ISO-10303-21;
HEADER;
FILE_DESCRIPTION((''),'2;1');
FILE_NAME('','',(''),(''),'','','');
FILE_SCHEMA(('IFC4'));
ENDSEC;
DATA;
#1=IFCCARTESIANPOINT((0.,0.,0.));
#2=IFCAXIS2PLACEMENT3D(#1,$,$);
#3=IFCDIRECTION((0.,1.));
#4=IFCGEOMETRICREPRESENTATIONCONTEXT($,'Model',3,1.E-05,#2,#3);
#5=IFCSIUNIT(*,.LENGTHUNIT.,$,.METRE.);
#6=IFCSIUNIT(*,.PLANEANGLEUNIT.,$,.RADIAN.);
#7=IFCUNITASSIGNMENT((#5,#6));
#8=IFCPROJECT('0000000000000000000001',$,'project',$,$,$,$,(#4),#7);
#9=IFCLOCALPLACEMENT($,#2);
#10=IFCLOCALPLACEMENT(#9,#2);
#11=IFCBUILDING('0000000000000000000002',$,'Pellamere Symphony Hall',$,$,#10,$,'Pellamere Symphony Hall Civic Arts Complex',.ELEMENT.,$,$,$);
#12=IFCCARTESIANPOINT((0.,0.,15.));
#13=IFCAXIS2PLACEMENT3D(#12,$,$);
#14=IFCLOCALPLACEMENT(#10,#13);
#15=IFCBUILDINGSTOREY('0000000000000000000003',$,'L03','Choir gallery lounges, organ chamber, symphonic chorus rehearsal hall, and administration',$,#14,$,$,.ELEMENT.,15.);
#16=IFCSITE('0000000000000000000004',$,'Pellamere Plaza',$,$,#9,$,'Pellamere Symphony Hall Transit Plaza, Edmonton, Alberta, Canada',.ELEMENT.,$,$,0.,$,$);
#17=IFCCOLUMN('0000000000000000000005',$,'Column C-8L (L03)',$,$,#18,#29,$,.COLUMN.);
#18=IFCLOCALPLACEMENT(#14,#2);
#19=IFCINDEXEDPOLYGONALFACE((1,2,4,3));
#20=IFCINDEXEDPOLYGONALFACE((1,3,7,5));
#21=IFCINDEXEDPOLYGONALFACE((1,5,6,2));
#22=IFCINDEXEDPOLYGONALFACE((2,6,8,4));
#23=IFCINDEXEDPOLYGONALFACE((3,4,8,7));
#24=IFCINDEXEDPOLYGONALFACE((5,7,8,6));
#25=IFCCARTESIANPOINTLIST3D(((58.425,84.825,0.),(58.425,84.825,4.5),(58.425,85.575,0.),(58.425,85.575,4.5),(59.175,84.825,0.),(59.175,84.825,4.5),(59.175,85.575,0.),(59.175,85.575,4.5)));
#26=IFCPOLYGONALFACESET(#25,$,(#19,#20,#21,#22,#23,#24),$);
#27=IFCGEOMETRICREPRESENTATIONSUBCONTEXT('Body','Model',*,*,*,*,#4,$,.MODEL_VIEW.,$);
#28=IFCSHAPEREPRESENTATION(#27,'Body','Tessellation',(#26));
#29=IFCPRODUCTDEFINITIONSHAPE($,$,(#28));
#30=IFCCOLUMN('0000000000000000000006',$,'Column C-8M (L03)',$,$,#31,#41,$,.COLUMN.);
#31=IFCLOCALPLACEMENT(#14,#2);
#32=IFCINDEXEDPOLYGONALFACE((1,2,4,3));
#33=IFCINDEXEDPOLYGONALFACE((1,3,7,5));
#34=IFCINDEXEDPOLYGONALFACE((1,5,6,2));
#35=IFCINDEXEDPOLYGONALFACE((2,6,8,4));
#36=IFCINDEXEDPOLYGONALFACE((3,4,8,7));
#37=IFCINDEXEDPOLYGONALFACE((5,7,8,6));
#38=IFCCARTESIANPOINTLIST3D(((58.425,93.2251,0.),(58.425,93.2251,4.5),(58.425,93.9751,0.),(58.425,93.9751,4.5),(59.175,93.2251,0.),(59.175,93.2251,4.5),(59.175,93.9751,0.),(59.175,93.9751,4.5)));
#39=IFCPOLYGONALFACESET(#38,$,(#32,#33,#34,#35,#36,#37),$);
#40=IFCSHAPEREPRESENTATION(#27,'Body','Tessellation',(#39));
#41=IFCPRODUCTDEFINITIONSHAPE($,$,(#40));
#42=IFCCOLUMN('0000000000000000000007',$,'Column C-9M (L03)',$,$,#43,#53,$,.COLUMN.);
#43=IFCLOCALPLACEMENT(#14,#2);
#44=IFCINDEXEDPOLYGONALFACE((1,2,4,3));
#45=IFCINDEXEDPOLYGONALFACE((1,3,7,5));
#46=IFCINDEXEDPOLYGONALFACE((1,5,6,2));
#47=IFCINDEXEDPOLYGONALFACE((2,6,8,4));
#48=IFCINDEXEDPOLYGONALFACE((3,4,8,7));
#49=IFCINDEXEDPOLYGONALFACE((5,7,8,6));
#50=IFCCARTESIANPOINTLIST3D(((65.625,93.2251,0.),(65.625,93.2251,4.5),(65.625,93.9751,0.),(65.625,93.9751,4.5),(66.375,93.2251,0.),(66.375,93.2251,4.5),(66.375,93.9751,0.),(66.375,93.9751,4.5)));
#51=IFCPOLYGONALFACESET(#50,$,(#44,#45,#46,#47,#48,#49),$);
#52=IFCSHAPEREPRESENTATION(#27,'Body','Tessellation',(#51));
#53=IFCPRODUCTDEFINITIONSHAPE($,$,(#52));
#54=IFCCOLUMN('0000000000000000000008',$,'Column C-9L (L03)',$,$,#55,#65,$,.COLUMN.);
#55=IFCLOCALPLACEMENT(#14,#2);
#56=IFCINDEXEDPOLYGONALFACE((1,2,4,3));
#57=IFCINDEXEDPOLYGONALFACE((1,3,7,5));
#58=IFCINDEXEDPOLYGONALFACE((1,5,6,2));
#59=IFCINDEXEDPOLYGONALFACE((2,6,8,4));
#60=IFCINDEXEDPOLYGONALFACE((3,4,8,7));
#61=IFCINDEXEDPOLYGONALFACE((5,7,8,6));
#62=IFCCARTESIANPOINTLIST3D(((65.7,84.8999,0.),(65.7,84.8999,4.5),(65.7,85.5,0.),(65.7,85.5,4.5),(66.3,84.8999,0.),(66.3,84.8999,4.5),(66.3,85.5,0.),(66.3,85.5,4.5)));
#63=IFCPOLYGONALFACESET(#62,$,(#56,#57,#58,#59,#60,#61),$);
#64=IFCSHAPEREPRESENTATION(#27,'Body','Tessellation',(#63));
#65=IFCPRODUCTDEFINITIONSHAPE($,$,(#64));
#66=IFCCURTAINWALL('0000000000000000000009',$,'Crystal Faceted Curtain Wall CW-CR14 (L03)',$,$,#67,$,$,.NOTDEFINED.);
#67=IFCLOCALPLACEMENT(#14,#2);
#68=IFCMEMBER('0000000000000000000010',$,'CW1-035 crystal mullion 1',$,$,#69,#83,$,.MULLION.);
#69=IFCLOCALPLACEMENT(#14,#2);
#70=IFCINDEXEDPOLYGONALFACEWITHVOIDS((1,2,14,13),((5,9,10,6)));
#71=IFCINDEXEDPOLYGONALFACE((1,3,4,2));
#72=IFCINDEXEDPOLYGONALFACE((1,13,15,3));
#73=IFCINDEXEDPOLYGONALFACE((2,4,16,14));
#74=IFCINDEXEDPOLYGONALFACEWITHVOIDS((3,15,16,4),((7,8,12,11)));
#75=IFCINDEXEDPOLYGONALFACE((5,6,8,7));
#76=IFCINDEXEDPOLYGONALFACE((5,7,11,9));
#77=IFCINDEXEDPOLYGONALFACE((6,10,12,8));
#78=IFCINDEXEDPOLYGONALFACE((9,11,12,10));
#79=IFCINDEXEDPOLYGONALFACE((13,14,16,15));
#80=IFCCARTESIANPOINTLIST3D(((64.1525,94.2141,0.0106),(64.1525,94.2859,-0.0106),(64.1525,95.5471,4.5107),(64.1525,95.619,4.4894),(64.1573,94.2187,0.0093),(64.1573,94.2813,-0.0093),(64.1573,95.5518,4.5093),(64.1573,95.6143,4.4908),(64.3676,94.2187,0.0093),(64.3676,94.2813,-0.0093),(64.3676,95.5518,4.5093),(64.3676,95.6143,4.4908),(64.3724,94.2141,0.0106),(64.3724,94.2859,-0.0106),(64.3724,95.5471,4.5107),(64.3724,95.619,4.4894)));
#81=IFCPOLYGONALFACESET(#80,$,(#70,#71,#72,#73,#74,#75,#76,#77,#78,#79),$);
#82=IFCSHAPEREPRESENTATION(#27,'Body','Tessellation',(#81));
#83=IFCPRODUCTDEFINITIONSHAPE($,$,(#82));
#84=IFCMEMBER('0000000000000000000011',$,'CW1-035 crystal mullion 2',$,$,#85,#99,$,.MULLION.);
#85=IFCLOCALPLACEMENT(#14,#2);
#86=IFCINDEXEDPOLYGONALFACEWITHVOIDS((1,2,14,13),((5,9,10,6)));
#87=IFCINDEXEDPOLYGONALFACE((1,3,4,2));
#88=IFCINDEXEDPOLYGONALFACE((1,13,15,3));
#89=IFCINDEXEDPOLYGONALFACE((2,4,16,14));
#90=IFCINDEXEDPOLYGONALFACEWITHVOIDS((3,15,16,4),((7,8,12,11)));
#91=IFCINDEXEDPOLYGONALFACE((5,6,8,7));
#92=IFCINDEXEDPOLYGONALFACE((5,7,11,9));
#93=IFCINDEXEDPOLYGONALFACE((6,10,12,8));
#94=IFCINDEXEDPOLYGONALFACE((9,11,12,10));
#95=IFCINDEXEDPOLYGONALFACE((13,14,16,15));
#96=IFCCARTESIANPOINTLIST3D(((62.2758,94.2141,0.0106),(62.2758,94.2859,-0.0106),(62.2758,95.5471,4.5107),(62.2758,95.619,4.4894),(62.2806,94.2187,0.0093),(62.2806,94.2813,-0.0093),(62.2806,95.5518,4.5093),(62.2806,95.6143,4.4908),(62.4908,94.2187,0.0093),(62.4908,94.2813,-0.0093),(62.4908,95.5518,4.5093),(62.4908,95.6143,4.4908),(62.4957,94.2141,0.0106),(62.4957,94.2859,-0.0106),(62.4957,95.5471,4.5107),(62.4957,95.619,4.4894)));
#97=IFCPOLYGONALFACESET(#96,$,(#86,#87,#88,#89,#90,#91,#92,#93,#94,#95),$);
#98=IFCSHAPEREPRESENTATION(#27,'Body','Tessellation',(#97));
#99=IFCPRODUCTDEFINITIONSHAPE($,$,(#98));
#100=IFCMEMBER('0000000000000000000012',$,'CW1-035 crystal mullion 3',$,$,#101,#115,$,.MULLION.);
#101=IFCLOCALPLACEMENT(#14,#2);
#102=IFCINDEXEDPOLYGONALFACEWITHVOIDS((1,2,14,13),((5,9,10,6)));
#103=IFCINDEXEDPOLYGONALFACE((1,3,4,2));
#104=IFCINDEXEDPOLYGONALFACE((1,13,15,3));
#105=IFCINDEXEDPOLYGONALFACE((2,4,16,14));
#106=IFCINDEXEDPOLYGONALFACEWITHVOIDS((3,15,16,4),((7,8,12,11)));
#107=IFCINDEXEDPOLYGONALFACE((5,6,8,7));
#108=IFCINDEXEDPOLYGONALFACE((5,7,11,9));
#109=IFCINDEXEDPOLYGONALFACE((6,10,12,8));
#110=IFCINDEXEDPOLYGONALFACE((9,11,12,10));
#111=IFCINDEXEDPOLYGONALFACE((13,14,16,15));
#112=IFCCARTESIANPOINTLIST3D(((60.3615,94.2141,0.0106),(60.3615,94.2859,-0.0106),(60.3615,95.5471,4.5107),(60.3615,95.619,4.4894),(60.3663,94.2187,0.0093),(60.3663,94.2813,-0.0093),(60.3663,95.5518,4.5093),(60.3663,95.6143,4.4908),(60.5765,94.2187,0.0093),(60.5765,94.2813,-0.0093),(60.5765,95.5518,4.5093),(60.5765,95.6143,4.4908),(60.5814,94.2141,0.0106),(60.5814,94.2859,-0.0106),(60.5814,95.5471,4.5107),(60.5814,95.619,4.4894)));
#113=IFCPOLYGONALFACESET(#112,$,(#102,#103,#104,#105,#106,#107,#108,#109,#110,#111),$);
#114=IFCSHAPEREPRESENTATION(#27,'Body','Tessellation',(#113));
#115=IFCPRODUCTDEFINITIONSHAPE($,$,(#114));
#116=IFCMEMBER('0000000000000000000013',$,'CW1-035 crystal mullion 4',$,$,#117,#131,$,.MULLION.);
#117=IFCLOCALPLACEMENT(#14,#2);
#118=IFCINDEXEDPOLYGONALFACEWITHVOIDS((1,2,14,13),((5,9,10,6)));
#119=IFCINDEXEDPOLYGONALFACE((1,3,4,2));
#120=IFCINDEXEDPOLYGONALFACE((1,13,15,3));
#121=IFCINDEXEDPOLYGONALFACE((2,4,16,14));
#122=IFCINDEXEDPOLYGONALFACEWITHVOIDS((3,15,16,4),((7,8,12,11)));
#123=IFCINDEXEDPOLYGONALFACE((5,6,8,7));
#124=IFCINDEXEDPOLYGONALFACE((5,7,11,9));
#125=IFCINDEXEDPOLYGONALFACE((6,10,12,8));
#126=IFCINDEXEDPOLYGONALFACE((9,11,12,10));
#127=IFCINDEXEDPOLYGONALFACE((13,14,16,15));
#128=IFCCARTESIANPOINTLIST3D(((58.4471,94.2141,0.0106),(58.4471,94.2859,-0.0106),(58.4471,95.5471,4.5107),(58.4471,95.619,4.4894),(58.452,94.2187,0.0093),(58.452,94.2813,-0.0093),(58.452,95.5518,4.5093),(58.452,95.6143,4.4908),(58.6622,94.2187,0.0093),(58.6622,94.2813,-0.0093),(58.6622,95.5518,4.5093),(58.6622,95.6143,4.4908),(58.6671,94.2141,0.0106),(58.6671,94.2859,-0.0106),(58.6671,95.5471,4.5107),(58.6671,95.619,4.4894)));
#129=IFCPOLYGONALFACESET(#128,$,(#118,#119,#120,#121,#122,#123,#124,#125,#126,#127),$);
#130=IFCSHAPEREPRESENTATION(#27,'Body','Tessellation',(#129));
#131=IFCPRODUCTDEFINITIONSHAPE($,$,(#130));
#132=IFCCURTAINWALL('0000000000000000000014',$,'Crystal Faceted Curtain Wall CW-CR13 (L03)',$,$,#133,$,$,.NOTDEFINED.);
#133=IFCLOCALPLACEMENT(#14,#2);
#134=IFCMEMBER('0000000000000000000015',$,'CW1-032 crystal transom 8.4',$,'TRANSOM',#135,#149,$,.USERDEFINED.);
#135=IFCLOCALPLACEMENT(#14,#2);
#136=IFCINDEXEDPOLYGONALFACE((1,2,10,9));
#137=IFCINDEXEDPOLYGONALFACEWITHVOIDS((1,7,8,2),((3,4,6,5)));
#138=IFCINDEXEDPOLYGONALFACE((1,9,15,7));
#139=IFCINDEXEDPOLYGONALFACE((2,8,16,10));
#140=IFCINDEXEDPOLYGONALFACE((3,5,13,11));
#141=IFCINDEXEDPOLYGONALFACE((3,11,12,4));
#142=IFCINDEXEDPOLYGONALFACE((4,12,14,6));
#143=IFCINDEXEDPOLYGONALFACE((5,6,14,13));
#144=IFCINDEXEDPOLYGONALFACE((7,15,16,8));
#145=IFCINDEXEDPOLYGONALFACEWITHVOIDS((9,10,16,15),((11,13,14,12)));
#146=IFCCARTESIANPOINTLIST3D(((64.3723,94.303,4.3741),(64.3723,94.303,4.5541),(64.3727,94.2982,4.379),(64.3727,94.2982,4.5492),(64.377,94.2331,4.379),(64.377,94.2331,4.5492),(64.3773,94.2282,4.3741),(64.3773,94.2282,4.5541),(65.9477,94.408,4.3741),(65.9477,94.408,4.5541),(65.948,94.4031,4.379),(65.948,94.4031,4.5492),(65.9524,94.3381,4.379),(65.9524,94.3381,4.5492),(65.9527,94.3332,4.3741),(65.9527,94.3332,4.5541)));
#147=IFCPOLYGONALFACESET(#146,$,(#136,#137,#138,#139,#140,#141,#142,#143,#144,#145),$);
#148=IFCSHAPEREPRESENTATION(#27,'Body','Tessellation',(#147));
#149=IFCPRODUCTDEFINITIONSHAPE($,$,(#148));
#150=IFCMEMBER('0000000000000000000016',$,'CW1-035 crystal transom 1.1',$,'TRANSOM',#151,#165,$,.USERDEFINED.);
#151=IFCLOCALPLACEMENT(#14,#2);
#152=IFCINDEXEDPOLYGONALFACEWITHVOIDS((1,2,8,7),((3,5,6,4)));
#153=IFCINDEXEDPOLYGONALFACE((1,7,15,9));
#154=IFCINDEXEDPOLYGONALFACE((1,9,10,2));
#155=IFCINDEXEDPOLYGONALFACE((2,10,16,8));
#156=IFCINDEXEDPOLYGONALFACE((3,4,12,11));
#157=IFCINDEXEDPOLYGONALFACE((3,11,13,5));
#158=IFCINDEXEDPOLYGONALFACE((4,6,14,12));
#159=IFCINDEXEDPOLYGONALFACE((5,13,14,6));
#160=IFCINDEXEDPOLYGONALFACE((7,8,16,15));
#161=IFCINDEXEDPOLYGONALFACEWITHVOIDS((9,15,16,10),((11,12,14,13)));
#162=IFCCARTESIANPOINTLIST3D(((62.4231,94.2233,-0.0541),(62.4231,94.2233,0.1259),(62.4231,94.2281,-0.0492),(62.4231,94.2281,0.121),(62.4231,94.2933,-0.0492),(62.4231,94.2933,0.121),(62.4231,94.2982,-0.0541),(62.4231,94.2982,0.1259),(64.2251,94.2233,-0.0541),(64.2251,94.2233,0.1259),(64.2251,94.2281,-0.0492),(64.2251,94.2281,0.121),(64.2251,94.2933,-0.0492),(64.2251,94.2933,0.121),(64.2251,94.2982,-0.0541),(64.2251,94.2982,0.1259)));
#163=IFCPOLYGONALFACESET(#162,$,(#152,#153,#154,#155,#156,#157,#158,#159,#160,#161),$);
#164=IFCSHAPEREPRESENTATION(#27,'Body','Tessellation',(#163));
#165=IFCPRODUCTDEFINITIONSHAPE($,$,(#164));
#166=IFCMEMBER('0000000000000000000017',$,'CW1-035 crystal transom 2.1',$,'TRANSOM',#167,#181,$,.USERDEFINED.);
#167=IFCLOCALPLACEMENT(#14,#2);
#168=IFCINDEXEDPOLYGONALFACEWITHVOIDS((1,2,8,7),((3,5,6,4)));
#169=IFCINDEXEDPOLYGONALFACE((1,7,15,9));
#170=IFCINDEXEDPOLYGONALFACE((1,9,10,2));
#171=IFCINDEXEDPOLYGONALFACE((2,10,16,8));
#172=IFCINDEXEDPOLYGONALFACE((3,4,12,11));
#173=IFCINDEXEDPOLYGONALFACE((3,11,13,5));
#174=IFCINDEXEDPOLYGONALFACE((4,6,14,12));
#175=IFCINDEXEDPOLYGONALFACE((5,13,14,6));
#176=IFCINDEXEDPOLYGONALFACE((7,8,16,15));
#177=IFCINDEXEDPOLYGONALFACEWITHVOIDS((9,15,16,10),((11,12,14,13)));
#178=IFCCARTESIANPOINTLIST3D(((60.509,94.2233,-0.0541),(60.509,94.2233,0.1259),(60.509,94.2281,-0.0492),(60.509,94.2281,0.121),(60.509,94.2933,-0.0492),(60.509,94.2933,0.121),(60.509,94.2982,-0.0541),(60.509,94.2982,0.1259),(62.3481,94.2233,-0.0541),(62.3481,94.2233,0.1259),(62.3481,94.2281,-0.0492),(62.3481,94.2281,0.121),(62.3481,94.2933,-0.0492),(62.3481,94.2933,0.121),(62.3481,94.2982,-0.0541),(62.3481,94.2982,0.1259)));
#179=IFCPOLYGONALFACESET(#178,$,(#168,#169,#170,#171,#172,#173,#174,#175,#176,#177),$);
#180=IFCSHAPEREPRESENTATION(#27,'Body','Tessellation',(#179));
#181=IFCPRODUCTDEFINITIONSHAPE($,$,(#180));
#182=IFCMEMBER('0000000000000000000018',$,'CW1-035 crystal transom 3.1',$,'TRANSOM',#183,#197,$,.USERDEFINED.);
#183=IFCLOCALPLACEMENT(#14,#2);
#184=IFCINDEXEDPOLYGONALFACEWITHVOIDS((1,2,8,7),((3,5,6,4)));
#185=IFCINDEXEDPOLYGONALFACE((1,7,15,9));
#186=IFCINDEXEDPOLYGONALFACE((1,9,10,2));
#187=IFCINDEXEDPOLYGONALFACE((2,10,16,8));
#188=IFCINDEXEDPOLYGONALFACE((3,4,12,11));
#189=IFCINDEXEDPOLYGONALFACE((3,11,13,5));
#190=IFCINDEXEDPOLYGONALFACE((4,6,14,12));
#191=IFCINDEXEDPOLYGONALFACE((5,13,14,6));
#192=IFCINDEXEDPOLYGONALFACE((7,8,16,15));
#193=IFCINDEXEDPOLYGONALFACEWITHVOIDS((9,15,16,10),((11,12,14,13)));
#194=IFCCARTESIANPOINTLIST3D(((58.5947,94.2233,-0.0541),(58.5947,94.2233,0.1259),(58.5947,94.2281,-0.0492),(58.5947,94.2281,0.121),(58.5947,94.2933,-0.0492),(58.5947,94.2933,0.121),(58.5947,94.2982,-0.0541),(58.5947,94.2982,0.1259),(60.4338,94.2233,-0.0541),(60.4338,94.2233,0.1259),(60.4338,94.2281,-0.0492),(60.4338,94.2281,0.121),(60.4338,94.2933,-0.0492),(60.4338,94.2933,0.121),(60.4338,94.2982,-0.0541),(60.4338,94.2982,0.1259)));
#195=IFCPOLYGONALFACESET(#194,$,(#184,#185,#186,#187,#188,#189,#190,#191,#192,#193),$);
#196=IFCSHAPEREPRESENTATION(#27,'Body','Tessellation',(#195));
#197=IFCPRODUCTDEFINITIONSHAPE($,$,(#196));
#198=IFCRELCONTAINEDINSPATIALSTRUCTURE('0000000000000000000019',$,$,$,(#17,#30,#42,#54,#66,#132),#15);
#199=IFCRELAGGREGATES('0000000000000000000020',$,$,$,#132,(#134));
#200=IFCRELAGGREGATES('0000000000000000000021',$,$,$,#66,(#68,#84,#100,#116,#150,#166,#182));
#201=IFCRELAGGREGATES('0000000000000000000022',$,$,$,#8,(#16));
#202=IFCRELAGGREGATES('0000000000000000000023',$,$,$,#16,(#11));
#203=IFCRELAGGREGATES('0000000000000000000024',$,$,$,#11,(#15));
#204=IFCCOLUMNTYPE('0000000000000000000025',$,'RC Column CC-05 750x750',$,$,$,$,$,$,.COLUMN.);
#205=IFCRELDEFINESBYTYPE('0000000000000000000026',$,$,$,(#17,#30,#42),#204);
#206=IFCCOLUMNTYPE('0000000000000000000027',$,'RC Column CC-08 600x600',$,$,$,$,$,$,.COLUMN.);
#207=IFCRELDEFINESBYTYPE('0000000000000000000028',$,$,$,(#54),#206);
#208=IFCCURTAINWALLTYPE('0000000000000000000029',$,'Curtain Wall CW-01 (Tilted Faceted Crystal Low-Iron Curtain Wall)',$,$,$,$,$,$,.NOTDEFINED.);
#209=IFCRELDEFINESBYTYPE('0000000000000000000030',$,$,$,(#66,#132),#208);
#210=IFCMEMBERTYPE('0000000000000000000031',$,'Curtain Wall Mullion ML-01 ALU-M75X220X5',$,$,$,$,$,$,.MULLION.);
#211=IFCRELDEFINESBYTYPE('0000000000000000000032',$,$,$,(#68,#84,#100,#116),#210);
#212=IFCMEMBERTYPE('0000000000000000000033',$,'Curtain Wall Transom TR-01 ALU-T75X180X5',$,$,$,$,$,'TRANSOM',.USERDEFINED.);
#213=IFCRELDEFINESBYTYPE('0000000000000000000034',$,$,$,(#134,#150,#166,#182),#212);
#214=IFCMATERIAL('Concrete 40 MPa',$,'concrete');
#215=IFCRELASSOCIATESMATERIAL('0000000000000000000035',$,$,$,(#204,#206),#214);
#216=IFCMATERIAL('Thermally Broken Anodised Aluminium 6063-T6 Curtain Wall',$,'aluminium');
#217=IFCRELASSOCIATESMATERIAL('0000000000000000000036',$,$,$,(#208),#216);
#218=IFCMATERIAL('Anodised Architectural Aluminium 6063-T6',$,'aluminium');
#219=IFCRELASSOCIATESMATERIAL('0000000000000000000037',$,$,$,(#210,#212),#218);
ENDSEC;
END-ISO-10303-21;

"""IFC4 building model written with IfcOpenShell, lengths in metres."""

from ifc_helpers import new_model, si_unit, direction, frame, origin, origin_2d, place, context, subcontext, project, spatial, rectangle, hollow_rectangle, extrude, material, material_profile, profile_set, type_object, element, aggregate, save


model = new_model("IFC4")

# Units and contexts
model_context = context("Model", 3, precision=1e-05, world=origin(), true_north=direction((0.0, 1.0)))
body_context = subcontext(model_context, "Body", "Model", "MODEL_VIEW")
ifc_project = project(units=[si_unit("LENGTHUNIT", "METRE"), si_unit("PLANEANGLEUNIT", "RADIAN")], contexts=[model_context])

# Site, building, storey
site_placement = place(None, origin())
site = spatial("IfcSite", under=ifc_project, at=site_placement, Name="Pellamere Plaza", LongName="Pellamere Symphony Hall Transit Plaza, Edmonton, Alberta, Canada", CompositionType="ELEMENT", RefElevation=0.0)
building_placement = place(site_placement, origin())
building = spatial("IfcBuilding", under=site, at=building_placement, Name="Pellamere Symphony Hall", LongName="Pellamere Symphony Hall Civic Arts Complex", CompositionType="ELEMENT")
storey_placement = place(building_placement, frame((0.0, 0.0, 15.0)))
storey = spatial("IfcBuildingStorey", under=building, at=storey_placement, Name="L03", Description="Choir gallery lounges, organ chamber, symphonic chorus rehearsal hall, and administration", CompositionType="ELEMENT", Elevation=15.0)

# Columns
ifc_material_1 = material(Name="Concrete 40 MPa", Category="concrete")
ifc_material_profile_1 = material_profile(ifc_material_1, rectangle(XDim=0.75, YDim=0.75, at=origin_2d()), Name="RC 750x750")
ifc_profile_set_1 = profile_set([ifc_material_profile_1], Name="Concrete 40 MPa")
column_type_1 = type_object("IfcColumnType", Name="RC Column CC-05 750x750", PredefinedType="COLUMN", material=ifc_profile_set_1)
for number, where, z_axis, x_axis, name in (
    (1, (58.8, 85.2, 0.0), (0.0, 0.0, 1.0), (1.0, 0.0, 0.0), "Column C-8L (L03)"),
    (2, (58.8, 93.6001, 0.0), (0.0, 0.0, 1.0), (1.0, 0.0, 0.0), "Column C-8M (L03)"),
    (3, (66.0, 93.6001, 0.0), (0.0, 0.0, 1.0), (1.0, 0.0, 0.0), "Column C-9M (L03)"),
):
    element("IfcColumn", number, at=place(storey_placement, frame(where, z_axis=z_axis, x_axis=x_axis)), inside=storey, type_object=column_type_1, Name=name, PredefinedType="COLUMN", context=body_context, shape_type="SweptSolid", body=[
        extrude(rectangle(XDim=0.75, YDim=0.75, at=origin_2d()), origin(), (0.0, 0.0, 1.0), 4.5),
    ])
ifc_material_profile_2 = material_profile(ifc_material_1, rectangle(XDim=0.6001, YDim=0.6001, at=origin_2d()), Name="RC 600x600")
ifc_profile_set_2 = profile_set([ifc_material_profile_2], Name="Concrete 40 MPa")
column_type_2 = type_object("IfcColumnType", Name="RC Column CC-08 600x600", PredefinedType="COLUMN", material=ifc_profile_set_2)
column_placement = place(storey_placement, frame((66.0, 85.2, 0.0), z_axis=(0.0, 0.0, 1.0), x_axis=(1.0, 0.0, 0.0)))
element("IfcColumn", 4, at=column_placement, inside=storey, type_object=column_type_2, Name="Column C-9L (L03)", PredefinedType="COLUMN", context=body_context, shape_type="SweptSolid", body=[
    extrude(rectangle(XDim=0.6001, YDim=0.6001, at=origin_2d()), origin(), (0.0, 0.0, 1.0), 4.5),
])

# Curtain wall, members
ifc_material_2 = material(Name="Thermally Broken Anodised Aluminium 6063-T6 Curtain Wall", Category="aluminium")
curtain_wall_type = type_object("IfcCurtainWallType", Name="Curtain Wall CW-01 (Tilted Faceted Crystal Low-Iron Curtain Wall)", PredefinedType="NOTDEFINED", material=ifc_material_2)
curtain_wall_1_placement = place(storey_placement, origin())
curtain_wall_1 = element("IfcCurtainWall", 5, at=curtain_wall_1_placement, inside=storey, type_object=curtain_wall_type, Name="Crystal Faceted Curtain Wall CW-CR14 (L03)", PredefinedType="NOTDEFINED")
ifc_material_3 = material(Name="Anodised Architectural Aluminium 6063-T6", Category="aluminium")
ifc_material_profile_3 = material_profile(ifc_material_3, hollow_rectangle(XDim=0.075, YDim=0.22, WallThickness=0.0049, at=origin_2d()), Name="ALU-M75X220X5")
ifc_profile_set_3 = profile_set([ifc_material_profile_3], Name="Anodised Architectural Aluminium 6063-T6")
member_type_1 = type_object("IfcMemberType", Name="Curtain Wall Mullion ML-01 ALU-M75X220X5", PredefinedType="MULLION", material=ifc_profile_set_3)
member_1_placement = place(storey_placement, frame((64.2625, 94.25, 0.0), z_axis=(0.0, 0.284025, 0.958817), x_axis=(0.0, 0.958817, -0.284025)))
member_1 = element("IfcMember", 6, at=member_1_placement, type_object=member_type_1, Name="CW1-035 crystal mullion 1", PredefinedType="MULLION", context=body_context, shape_type="SweptSolid", body=[
    extrude(hollow_rectangle(XDim=0.075, YDim=0.22, WallThickness=0.0049, at=origin_2d()), origin(), (0.0, 0.0, 1.0), 4.6934),
])
member_2_placement = place(storey_placement, frame((62.3857, 94.25, 0.0), z_axis=(0.0, 0.284025, 0.958817), x_axis=(0.0, 0.958817, -0.284025)))
member_2 = element("IfcMember", 7, at=member_2_placement, type_object=member_type_1, Name="CW1-035 crystal mullion 2", PredefinedType="MULLION", context=body_context, shape_type="SweptSolid", body=[
    extrude(hollow_rectangle(XDim=0.075, YDim=0.22, WallThickness=0.0049, at=origin_2d()), origin(), (0.0, 0.0, 1.0), 4.6934),
])
member_3_placement = place(storey_placement, frame((60.4714, 94.25, 0.0), z_axis=(0.0, 0.284025, 0.958817), x_axis=(0.0, 0.958817, -0.284025)))
member_3 = element("IfcMember", 8, at=member_3_placement, type_object=member_type_1, Name="CW1-035 crystal mullion 3", PredefinedType="MULLION", context=body_context, shape_type="SweptSolid", body=[
    extrude(hollow_rectangle(XDim=0.075, YDim=0.22, WallThickness=0.0049, at=origin_2d()), origin(), (0.0, 0.0, 1.0), 4.6934),
])
member_4_placement = place(storey_placement, frame((58.5571, 94.25, 0.0), z_axis=(0.0, 0.284025, 0.958817), x_axis=(0.0, 0.958817, -0.284025)))
member_4 = element("IfcMember", 9, at=member_4_placement, type_object=member_type_1, Name="CW1-035 crystal mullion 4", PredefinedType="MULLION", context=body_context, shape_type="SweptSolid", body=[
    extrude(hollow_rectangle(XDim=0.075, YDim=0.22, WallThickness=0.0049, at=origin_2d()), origin(), (0.0, 0.0, 1.0), 4.6934),
])

# Curtain wall, member
curtain_wall_2_placement = place(storey_placement, origin())
curtain_wall_2 = element("IfcCurtainWall", 10, at=curtain_wall_2_placement, inside=storey, type_object=curtain_wall_type, Name="Crystal Faceted Curtain Wall CW-CR13 (L03)", PredefinedType="NOTDEFINED")
ifc_material_profile_4 = material_profile(ifc_material_3, hollow_rectangle(XDim=0.075, YDim=0.1799, WallThickness=0.0049, at=origin_2d()), Name="ALU-T75X180X5")
ifc_profile_set_4 = profile_set([ifc_material_profile_4], Name="Anodised Architectural Aluminium 6063-T6")
member_type_2 = type_object("IfcMemberType", Name="Curtain Wall Transom TR-01 ALU-T75X180X5", ElementType="TRANSOM", PredefinedType="USERDEFINED", material=ifc_profile_set_4)
member_5_placement = place(storey_placement, frame((65.9502, 94.3706, 4.4641), z_axis=(-0.997787, -0.066488, 0.0), x_axis=(0.066488, -0.997787, 0.0)))
member_5 = element("IfcMember", 11, at=member_5_placement, type_object=member_type_2, Name="CW1-032 crystal transom 8.4", ObjectType="TRANSOM", PredefinedType="USERDEFINED", context=body_context, shape_type="SweptSolid", body=[
    extrude(hollow_rectangle(XDim=0.075, YDim=0.1799, WallThickness=0.0049, at=origin_2d()), origin(), (0.0, 0.0, 1.0), 1.5789),
])
aggregate(curtain_wall_2, [member_5])

# Members
member_6_placement = place(storey_placement, frame((64.2251, 94.2607, 0.0359), z_axis=(-1.0, 0.0, 0.0), x_axis=(0.0, -1.0, 0.0)))
member_6 = element("IfcMember", 12, at=member_6_placement, type_object=member_type_2, Name="CW1-035 crystal transom 1.1", ObjectType="TRANSOM", PredefinedType="USERDEFINED", context=body_context, shape_type="SweptSolid", body=[
    extrude(hollow_rectangle(XDim=0.075, YDim=0.1799, WallThickness=0.0049, at=origin_2d()), origin(), (0.0, 0.0, 1.0), 1.802),
])
member_7_placement = place(storey_placement, frame((62.3481, 94.2607, 0.0359), z_axis=(-1.0, 0.0, 0.0), x_axis=(0.0, -1.0, 0.0)))
member_7 = element("IfcMember", 13, at=member_7_placement, type_object=member_type_2, Name="CW1-035 crystal transom 2.1", ObjectType="TRANSOM", PredefinedType="USERDEFINED", context=body_context, shape_type="SweptSolid", body=[
    extrude(hollow_rectangle(XDim=0.075, YDim=0.1799, WallThickness=0.0049, at=origin_2d()), origin(), (0.0, 0.0, 1.0), 1.8391),
])
member_8_placement = place(storey_placement, frame((60.4338, 94.2607, 0.0359), z_axis=(-1.0, 0.0, 0.0), x_axis=(0.0, -1.0, 0.0)))
member_8 = element("IfcMember", 14, at=member_8_placement, type_object=member_type_2, Name="CW1-035 crystal transom 3.1", ObjectType="TRANSOM", PredefinedType="USERDEFINED", context=body_context, shape_type="SweptSolid", body=[
    extrude(hollow_rectangle(XDim=0.075, YDim=0.1799, WallThickness=0.0049, at=origin_2d()), origin(), (0.0, 0.0, 1.0), 1.8391),
])

aggregate(curtain_wall_1, [member_1, member_2, member_3, member_4, member_6, member_7, member_8])

save(model, "model.ifc")
